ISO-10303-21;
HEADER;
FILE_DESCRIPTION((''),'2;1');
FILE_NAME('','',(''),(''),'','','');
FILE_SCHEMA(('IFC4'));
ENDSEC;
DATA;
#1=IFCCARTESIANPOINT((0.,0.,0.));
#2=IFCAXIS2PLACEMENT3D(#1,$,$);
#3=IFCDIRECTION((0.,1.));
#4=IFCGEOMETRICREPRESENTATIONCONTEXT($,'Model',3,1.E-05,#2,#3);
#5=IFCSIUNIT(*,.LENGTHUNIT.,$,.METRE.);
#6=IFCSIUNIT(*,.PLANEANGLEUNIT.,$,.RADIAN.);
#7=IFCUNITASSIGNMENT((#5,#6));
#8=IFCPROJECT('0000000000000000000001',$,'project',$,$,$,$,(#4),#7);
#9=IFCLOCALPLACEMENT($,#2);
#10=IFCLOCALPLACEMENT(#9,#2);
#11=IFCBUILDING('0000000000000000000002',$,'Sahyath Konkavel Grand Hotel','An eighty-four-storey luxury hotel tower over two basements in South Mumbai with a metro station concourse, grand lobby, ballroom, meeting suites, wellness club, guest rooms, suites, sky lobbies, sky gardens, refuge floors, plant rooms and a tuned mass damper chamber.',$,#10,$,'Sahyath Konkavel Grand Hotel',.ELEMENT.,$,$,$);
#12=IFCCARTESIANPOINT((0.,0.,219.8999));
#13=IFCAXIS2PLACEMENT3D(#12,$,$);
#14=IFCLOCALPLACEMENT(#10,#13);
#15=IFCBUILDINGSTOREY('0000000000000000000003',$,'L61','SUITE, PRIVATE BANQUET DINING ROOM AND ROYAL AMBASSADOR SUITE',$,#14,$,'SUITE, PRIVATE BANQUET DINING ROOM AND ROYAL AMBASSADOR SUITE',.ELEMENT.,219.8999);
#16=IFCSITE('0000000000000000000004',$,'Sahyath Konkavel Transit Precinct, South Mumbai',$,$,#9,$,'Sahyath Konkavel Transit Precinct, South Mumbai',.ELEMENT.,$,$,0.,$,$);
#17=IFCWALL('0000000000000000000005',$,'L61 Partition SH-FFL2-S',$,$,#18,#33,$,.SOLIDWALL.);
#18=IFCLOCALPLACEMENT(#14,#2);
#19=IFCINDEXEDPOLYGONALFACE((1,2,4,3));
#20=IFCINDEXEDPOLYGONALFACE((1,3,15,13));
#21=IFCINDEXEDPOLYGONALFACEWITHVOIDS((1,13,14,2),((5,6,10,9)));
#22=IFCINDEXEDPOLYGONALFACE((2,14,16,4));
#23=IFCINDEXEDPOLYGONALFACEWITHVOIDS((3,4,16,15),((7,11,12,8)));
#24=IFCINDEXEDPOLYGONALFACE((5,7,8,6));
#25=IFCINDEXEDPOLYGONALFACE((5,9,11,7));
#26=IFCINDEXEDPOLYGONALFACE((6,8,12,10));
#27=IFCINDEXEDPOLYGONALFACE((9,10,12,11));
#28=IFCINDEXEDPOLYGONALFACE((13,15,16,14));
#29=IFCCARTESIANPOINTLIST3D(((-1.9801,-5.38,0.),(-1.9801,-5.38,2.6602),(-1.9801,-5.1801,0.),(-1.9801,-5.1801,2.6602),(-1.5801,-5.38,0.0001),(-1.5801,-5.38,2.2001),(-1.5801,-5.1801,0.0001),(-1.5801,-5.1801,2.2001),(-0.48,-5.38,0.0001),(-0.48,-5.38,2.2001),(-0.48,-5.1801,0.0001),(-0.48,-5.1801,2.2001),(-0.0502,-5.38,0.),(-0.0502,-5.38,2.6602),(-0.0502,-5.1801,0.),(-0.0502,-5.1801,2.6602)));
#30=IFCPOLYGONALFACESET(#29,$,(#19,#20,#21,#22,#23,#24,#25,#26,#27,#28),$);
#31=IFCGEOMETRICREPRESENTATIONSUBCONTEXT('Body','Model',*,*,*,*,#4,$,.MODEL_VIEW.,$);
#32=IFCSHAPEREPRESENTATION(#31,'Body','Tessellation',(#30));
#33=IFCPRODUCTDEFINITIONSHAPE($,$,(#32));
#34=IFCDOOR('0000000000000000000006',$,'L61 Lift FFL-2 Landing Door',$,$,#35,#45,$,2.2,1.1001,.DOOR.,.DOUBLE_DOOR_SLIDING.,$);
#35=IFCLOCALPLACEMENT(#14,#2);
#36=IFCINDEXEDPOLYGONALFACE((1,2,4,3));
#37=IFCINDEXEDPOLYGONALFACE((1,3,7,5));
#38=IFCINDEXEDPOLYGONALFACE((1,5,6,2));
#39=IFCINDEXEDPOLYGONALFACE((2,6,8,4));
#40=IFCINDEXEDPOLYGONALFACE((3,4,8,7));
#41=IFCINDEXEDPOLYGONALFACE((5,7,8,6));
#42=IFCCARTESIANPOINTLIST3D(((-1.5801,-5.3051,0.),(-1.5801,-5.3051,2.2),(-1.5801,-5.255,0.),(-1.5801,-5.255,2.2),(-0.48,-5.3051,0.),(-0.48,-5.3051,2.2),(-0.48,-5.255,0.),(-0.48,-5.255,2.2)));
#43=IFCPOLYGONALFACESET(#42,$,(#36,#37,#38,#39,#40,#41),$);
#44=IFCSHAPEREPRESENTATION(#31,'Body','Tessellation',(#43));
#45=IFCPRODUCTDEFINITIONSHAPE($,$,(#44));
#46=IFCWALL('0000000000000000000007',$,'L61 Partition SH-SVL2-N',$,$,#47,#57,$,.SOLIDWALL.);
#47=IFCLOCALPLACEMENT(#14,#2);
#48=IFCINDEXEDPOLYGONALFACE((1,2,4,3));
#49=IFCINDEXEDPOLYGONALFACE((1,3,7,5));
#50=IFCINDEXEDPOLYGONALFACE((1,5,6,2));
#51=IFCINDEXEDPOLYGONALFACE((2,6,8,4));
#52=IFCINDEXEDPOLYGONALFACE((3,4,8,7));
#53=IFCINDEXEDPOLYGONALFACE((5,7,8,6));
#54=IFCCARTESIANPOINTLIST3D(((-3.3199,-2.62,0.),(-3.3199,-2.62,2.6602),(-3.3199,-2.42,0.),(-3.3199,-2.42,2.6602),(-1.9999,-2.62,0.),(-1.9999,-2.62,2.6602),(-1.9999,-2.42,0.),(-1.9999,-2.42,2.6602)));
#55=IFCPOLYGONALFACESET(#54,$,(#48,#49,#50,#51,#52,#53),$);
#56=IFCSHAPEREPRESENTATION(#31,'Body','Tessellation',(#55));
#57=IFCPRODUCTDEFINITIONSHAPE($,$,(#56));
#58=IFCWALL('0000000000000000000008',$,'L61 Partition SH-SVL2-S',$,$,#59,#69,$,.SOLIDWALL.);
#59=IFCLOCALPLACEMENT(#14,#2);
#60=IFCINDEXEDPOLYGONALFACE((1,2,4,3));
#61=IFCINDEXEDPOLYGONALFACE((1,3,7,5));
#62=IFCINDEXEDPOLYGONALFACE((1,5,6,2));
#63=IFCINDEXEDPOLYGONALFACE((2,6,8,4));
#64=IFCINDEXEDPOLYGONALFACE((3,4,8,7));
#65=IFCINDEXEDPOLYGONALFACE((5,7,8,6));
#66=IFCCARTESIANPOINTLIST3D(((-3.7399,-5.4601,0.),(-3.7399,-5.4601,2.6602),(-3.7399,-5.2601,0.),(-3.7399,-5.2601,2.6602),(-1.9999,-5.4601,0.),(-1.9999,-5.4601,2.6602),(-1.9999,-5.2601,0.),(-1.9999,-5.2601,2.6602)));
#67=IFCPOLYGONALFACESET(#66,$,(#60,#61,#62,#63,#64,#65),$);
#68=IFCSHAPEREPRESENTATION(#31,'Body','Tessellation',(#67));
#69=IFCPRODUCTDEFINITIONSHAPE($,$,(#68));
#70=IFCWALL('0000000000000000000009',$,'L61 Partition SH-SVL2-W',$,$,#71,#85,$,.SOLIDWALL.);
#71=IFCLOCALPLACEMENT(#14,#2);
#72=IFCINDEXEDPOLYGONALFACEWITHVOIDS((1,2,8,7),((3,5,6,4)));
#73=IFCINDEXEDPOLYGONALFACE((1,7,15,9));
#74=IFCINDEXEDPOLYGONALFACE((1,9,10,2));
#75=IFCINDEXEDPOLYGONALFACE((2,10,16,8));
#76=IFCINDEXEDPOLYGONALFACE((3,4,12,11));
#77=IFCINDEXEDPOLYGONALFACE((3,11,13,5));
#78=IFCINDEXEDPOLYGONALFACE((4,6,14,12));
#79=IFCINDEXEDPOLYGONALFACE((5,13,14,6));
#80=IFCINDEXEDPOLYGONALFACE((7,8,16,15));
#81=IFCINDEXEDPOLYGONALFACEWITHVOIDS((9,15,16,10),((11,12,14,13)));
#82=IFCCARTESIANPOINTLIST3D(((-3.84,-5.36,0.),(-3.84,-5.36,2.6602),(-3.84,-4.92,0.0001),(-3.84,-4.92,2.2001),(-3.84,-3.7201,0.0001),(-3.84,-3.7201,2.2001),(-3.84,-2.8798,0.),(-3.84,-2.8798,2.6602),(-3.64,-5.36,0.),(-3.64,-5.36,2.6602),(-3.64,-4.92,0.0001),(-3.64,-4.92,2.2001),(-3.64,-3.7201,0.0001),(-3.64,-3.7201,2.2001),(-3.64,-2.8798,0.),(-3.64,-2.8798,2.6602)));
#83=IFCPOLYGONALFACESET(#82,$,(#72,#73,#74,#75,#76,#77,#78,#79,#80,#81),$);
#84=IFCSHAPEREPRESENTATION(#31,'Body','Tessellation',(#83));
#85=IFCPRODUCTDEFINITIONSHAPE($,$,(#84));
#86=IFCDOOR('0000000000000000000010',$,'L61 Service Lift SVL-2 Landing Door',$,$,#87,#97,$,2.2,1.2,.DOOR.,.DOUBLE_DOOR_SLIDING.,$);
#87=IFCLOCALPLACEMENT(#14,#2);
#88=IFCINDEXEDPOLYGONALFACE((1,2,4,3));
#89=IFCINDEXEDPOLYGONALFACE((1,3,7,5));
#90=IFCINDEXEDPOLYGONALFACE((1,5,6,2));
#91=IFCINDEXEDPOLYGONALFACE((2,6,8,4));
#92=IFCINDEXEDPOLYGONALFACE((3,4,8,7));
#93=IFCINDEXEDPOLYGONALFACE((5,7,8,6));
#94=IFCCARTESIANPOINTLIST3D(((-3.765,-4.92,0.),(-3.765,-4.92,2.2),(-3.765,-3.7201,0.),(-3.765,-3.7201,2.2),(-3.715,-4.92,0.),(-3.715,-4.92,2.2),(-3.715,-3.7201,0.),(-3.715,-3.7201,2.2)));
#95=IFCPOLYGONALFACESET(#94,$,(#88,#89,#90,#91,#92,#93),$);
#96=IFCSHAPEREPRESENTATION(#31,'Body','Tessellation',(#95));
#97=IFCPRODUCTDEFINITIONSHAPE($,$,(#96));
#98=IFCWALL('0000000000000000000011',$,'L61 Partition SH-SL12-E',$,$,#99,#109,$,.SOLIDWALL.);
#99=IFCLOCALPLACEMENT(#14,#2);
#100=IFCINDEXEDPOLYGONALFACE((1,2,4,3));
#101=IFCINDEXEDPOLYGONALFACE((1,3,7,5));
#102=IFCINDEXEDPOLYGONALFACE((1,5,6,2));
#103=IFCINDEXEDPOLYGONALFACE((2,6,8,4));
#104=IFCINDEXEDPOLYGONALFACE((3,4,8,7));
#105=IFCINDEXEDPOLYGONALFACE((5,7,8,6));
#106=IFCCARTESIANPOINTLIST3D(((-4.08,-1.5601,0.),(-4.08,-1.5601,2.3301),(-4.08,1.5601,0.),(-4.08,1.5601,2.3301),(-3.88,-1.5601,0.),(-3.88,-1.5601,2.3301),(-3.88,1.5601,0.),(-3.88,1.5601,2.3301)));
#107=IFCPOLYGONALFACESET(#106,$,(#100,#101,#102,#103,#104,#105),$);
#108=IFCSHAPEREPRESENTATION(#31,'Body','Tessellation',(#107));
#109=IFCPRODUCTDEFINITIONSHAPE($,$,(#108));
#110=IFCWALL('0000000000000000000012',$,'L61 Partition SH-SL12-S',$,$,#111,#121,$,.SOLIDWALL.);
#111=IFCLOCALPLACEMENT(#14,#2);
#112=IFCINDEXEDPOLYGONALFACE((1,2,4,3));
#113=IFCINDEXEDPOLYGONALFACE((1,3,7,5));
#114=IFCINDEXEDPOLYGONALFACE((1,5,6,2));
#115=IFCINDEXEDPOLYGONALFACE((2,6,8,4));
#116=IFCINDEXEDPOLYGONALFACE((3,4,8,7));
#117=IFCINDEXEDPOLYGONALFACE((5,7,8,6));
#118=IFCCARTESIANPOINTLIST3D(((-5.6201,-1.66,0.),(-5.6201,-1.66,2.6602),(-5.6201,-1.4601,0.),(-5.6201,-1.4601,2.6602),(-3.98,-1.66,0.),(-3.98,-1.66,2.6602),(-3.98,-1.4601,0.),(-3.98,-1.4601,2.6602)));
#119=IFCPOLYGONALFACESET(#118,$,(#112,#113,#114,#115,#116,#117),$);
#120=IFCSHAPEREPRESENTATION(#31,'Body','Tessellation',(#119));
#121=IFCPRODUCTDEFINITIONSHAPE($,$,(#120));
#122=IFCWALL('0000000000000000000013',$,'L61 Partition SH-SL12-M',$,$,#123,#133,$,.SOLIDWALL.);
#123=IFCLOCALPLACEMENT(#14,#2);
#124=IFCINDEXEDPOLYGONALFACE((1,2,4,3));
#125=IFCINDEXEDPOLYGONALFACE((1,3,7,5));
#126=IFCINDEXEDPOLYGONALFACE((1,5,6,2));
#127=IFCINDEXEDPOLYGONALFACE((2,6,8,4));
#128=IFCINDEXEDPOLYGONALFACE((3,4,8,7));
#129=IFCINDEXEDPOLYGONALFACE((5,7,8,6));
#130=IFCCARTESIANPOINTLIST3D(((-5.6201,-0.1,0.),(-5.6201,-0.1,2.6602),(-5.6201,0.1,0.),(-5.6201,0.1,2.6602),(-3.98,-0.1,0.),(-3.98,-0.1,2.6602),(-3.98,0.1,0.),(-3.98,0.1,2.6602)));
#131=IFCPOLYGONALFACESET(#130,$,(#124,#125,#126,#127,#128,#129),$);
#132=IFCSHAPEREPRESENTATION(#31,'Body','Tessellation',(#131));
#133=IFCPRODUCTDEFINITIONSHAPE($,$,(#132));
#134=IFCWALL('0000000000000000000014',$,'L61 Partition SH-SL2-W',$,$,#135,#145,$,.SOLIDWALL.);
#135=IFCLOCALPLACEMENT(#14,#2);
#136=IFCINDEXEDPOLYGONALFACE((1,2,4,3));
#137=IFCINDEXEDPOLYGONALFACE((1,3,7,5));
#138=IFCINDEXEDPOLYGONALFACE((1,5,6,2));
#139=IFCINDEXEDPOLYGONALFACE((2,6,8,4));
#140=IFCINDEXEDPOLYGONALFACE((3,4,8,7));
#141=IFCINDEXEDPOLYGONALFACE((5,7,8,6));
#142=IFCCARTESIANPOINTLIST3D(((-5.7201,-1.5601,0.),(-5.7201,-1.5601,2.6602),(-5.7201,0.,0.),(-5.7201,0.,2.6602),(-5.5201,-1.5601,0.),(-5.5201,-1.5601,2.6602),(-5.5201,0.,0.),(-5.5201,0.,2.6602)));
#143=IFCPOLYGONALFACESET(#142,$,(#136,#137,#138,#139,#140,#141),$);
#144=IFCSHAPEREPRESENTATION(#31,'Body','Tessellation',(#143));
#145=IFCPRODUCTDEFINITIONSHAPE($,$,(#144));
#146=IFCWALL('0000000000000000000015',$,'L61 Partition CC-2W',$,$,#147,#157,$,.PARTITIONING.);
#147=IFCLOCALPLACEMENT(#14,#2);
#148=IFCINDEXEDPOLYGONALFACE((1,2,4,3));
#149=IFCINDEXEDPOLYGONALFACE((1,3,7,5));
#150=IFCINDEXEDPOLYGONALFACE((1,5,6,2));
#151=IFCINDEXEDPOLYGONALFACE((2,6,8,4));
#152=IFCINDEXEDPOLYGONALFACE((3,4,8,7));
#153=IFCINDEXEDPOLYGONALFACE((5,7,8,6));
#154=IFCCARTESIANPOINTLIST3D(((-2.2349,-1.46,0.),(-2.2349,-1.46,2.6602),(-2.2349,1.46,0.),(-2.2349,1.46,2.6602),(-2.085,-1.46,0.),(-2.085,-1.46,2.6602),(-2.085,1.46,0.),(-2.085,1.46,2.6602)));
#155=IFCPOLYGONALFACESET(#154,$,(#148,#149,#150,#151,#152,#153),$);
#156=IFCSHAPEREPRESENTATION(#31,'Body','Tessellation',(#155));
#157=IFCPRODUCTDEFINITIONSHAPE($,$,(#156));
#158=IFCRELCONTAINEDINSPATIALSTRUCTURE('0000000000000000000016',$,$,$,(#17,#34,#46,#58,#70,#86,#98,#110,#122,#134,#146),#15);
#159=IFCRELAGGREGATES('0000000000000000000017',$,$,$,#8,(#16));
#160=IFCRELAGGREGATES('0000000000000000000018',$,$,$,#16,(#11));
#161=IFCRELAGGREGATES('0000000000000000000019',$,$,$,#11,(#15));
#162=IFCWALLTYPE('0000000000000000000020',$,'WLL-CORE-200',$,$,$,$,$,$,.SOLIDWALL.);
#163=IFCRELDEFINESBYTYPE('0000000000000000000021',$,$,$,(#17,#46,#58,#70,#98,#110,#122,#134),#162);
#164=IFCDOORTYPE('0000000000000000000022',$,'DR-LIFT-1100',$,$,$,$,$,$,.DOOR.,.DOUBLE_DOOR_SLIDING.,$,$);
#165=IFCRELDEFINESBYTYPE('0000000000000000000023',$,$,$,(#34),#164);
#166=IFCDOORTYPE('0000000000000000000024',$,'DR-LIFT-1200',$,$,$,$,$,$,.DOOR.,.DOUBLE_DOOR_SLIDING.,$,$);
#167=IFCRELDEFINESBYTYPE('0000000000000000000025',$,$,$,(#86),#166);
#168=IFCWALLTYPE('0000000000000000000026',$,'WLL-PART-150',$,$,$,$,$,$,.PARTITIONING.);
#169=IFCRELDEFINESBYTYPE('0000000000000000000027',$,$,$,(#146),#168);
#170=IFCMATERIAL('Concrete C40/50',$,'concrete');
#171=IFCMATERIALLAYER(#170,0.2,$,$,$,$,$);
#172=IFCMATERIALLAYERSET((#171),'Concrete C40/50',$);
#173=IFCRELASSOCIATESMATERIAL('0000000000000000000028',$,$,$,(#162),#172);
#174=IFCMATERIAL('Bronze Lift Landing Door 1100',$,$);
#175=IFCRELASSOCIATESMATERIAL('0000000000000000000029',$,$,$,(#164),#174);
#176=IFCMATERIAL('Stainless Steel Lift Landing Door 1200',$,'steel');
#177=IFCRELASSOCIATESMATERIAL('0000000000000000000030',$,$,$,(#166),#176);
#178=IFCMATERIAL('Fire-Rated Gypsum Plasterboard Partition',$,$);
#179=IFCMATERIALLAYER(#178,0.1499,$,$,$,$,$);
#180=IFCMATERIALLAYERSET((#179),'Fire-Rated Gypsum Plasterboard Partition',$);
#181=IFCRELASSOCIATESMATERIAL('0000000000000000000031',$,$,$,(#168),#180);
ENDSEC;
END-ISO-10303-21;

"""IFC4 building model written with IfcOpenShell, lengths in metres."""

from ifc_helpers import new_model, si_unit, direction, frame, frame_2d, origin, origin_2d, place, context, subcontext, project, spatial, rectangle, extrude, source, transform, mapped, material, layer, layer_set, type_object, element, fill, save


model = new_model("IFC4")

# Units and contexts
model_context = context("Model", 3, precision=1e-05, world=origin(), true_north=direction((0.0, 1.0)))
body_context = subcontext(model_context, "Body", "Model", "MODEL_VIEW")
ifc_project = project(units=[si_unit("LENGTHUNIT", "METRE"), si_unit("PLANEANGLEUNIT", "RADIAN")], contexts=[model_context])

# Site, building, storey
site_placement = place(None, origin())
site = spatial("IfcSite", under=ifc_project, at=site_placement, Name="Sahyath Konkavel Transit Precinct, South Mumbai", LongName="Sahyath Konkavel Transit Precinct, South Mumbai", CompositionType="ELEMENT", RefElevation=0.0)
building_placement = place(site_placement, origin())
building = spatial("IfcBuilding", under=site, at=building_placement, Name="Sahyath Konkavel Grand Hotel", Description="An eighty-four-storey luxury hotel tower over two basements in South Mumbai with a metro station concourse, grand lobby, ballroom, meeting suites, wellness club, guest rooms, suites, sky lobbies, sky gardens, refuge floors, plant rooms and a tuned mass damper chamber.", LongName="Sahyath Konkavel Grand Hotel", CompositionType="ELEMENT")
storey_placement = place(building_placement, frame((0.0, 0.0, 219.8999)))
storey = spatial("IfcBuildingStorey", under=building, at=storey_placement, Name="L61", Description="SUITE, PRIVATE BANQUET DINING ROOM AND ROYAL AMBASSADOR SUITE", LongName="SUITE, PRIVATE BANQUET DINING ROOM AND ROYAL AMBASSADOR SUITE", CompositionType="ELEMENT", Elevation=219.8999)

# Shared definitions
ifc_material_1 = material(Name="Concrete C40/50", Category="concrete")

# Shared definitions
ifc_layer_1 = layer(ifc_material_1, 0.2)
ifc_layer_set_1 = layer_set([ifc_layer_1], Name="Concrete C40/50")
wall_type_1 = type_object("IfcWallType", Name="WLL-CORE-200", PredefinedType="SOLIDWALL", material=ifc_layer_set_1)

# Wall, opening, door
wall_1_placement = place(storey_placement, frame((-1.98, -5.28, 0.0), z_axis=(0.0, 0.0, 1.0), x_axis=(1.0, 0.0, 0.0)))
wall_1 = element("IfcWall", 1, at=wall_1_placement, inside=storey, type_object=wall_type_1, Name="L61 Partition SH-FFL2-S", PredefinedType="SOLIDWALL", context=body_context, shape_type="SweptSolid", body=[
    extrude(rectangle(XDim=1.9299, YDim=0.2, at=frame_2d((0.9648, 0.0))), origin(), (0.0, 0.0, 1.0), 2.6602),
])
opening_1_placement = place(wall_1_placement, frame((0.3999, 0.0, 0.0)))
opening_1 = element("IfcOpeningElement", 2, at=opening_1_placement, cuts=wall_1, PredefinedType="OPENING", context=body_context, shape_type="SweptSolid", body=[
    extrude(rectangle(XDim=1.1001, YDim=2.2, at=frame_2d((0.55, 1.1001))), frame((0.0, 0.1099, 0.0), z_axis=(0.0, -1.0, 0.0), x_axis=(1.0, 0.0, 0.0)), (0.0, 0.0, 1.0), 0.22),
])
ifc_material_2 = material(Name="Bronze Lift Landing Door 1100")
door_type_1 = type_object("IfcDoorType", Name="DR-LIFT-1100", OperationType="DOUBLE_DOOR_SLIDING", PredefinedType="DOOR", material=ifc_material_2)
shared_shape_1 = source(origin(), body_context, "Body", "SweptSolid", [
    extrude(rectangle(XDim=1.1001, YDim=0.05, at=origin_2d()), origin(), (0.0, 0.0, 1.0), 2.2),
])
door_1_placement = place(opening_1_placement, frame((0.55, 0.0, 0.0)))
door_1 = element("IfcDoor", 3, at=door_1_placement, inside=storey, type_object=door_type_1, Name="L61 Lift FFL-2 Landing Door", OperationType="DOUBLE_DOOR_SLIDING", OverallHeight=2.2, OverallWidth=1.1001, PredefinedType="DOOR", context=body_context, shape_type="MappedRepresentation", body=[
    mapped(shared_shape_1, transform((0.0, 0.0, 0.0), scale=1.0)),
])
fill(opening_1, door_1)

# Walls
wall_2_placement = place(storey_placement, frame((-3.3201, -2.52, 0.0), z_axis=(0.0, 0.0, 1.0), x_axis=(1.0, 0.0, 0.0)))
element("IfcWall", 4, at=wall_2_placement, inside=storey, type_object=wall_type_1, Name="L61 Partition SH-SVL2-N", PredefinedType="SOLIDWALL", context=body_context, shape_type="SweptSolid", body=[
    extrude(rectangle(XDim=1.3201, YDim=0.2, at=frame_2d((0.6602, 0.0))), origin(), (0.0, 0.0, 1.0), 2.6602),
])
wall_3_placement = place(storey_placement, frame((-3.74, -5.3601, 0.0), z_axis=(0.0, 0.0, 1.0), x_axis=(1.0, 0.0, 0.0)))
element("IfcWall", 5, at=wall_3_placement, inside=storey, type_object=wall_type_1, Name="L61 Partition SH-SVL2-S", PredefinedType="SOLIDWALL", context=body_context, shape_type="SweptSolid", body=[
    extrude(rectangle(XDim=1.74, YDim=0.2, at=frame_2d((0.8701, 0.0))), origin(), (0.0, 0.0, 1.0), 2.6602),
])

# Wall, opening, door
wall_4_placement = place(storey_placement, frame((-3.74, -5.3601, 0.0), z_axis=(0.0, 0.0, 1.0), x_axis=(0.0, 1.0, 0.0)))
wall_4 = element("IfcWall", 6, at=wall_4_placement, inside=storey, type_object=wall_type_1, Name="L61 Partition SH-SVL2-W", PredefinedType="SOLIDWALL", context=body_context, shape_type="SweptSolid", body=[
    extrude(rectangle(XDim=2.4802, YDim=0.2, at=frame_2d((1.2402, 0.0))), origin(), (0.0, 0.0, 1.0), 2.6602),
])
opening_2_placement = place(wall_4_placement, frame((0.4399, 0.0, 0.0)))
opening_2 = element("IfcOpeningElement", 7, at=opening_2_placement, cuts=wall_4, PredefinedType="OPENING", context=body_context, shape_type="SweptSolid", body=[
    extrude(rectangle(XDim=1.2, YDim=2.2, at=frame_2d((0.6001, 1.1001))), frame((0.0, 0.1099, 0.0), z_axis=(0.0, -1.0, 0.0), x_axis=(1.0, 0.0, 0.0)), (0.0, 0.0, 1.0), 0.22),
])
ifc_material_3 = material(Name="Stainless Steel Lift Landing Door 1200", Category="steel")
door_type_2 = type_object("IfcDoorType", Name="DR-LIFT-1200", OperationType="DOUBLE_DOOR_SLIDING", PredefinedType="DOOR", material=ifc_material_3)
shared_shape_2 = source(origin(), body_context, "Body", "SweptSolid", [
    extrude(rectangle(XDim=1.2, YDim=0.05, at=origin_2d()), origin(), (0.0, 0.0, 1.0), 2.2),
])
door_2_placement = place(opening_2_placement, frame((0.6001, 0.0, 0.0)))
door_2 = element("IfcDoor", 8, at=door_2_placement, inside=storey, type_object=door_type_2, Name="L61 Service Lift SVL-2 Landing Door", OperationType="DOUBLE_DOOR_SLIDING", OverallHeight=2.2, OverallWidth=1.2, PredefinedType="DOOR", context=body_context, shape_type="MappedRepresentation", body=[
    mapped(shared_shape_2, transform((0.0, 0.0, 0.0), scale=1.0)),
])
fill(opening_2, door_2)

# Walls
wall_5_placement = place(storey_placement, frame((-3.98, -1.5601, 0.0), z_axis=(0.0, 0.0, 1.0), x_axis=(0.0, 1.0, 0.0)))
element("IfcWall", 9, at=wall_5_placement, inside=storey, type_object=wall_type_1, Name="L61 Partition SH-SL12-E", PredefinedType="SOLIDWALL", context=body_context, shape_type="SweptSolid", body=[
    extrude(rectangle(XDim=3.1201, YDim=0.2, at=frame_2d((1.5601, 0.0))), origin(), (0.0, 0.0, 1.0), 2.3301),
])
for number, where, z_axis, x_axis, name in (
    (10, (-5.6201, -1.5601, 0.0), (0.0, 0.0, 1.0), (1.0, 0.0, 0.0), "L61 Partition SH-SL12-S"),
    (11, (-5.6201, 0.0, 0.0), (0.0, 0.0, 1.0), (1.0, 0.0, 0.0), "L61 Partition SH-SL12-M"),
):
    element("IfcWall", number, at=place(storey_placement, frame(where, z_axis=z_axis, x_axis=x_axis)), inside=storey, type_object=wall_type_1, Name=name, PredefinedType="SOLIDWALL", context=body_context, shape_type="SweptSolid", body=[
        extrude(rectangle(XDim=1.6401, YDim=0.2, at=frame_2d((0.8201, 0.0))), origin(), (0.0, 0.0, 1.0), 2.6602),
    ])
wall_6_placement = place(storey_placement, frame((-5.6201, -1.5601, 0.0), z_axis=(0.0, 0.0, 1.0), x_axis=(0.0, 1.0, 0.0)))
element("IfcWall", 12, at=wall_6_placement, inside=storey, type_object=wall_type_1, Name="L61 Partition SH-SL2-W", PredefinedType="SOLIDWALL", context=body_context, shape_type="SweptSolid", body=[
    extrude(rectangle(XDim=1.5601, YDim=0.2, at=frame_2d((0.78, 0.0))), origin(), (0.0, 0.0, 1.0), 2.6602),
])
ifc_material_4 = material(Name="Fire-Rated Gypsum Plasterboard Partition")
ifc_layer_2 = layer(ifc_material_4, 0.1499)
ifc_layer_set_2 = layer_set([ifc_layer_2], Name="Fire-Rated Gypsum Plasterboard Partition")
wall_type_2 = type_object("IfcWallType", Name="WLL-PART-150", PredefinedType="PARTITIONING", material=ifc_layer_set_2)
wall_7_placement = place(storey_placement, frame((-2.1599, -1.46, 0.0), z_axis=(0.0, 0.0, 1.0), x_axis=(0.0, 1.0, 0.0)))
element("IfcWall", 13, at=wall_7_placement, inside=storey, type_object=wall_type_2, Name="L61 Partition CC-2W", PredefinedType="PARTITIONING", context=body_context, shape_type="SweptSolid", body=[
    extrude(rectangle(XDim=2.9199, YDim=0.1499, at=frame_2d((1.46, 0.0))), origin(), (0.0, 0.0, 1.0), 2.6602),
])

save(model, "model.ifc")
